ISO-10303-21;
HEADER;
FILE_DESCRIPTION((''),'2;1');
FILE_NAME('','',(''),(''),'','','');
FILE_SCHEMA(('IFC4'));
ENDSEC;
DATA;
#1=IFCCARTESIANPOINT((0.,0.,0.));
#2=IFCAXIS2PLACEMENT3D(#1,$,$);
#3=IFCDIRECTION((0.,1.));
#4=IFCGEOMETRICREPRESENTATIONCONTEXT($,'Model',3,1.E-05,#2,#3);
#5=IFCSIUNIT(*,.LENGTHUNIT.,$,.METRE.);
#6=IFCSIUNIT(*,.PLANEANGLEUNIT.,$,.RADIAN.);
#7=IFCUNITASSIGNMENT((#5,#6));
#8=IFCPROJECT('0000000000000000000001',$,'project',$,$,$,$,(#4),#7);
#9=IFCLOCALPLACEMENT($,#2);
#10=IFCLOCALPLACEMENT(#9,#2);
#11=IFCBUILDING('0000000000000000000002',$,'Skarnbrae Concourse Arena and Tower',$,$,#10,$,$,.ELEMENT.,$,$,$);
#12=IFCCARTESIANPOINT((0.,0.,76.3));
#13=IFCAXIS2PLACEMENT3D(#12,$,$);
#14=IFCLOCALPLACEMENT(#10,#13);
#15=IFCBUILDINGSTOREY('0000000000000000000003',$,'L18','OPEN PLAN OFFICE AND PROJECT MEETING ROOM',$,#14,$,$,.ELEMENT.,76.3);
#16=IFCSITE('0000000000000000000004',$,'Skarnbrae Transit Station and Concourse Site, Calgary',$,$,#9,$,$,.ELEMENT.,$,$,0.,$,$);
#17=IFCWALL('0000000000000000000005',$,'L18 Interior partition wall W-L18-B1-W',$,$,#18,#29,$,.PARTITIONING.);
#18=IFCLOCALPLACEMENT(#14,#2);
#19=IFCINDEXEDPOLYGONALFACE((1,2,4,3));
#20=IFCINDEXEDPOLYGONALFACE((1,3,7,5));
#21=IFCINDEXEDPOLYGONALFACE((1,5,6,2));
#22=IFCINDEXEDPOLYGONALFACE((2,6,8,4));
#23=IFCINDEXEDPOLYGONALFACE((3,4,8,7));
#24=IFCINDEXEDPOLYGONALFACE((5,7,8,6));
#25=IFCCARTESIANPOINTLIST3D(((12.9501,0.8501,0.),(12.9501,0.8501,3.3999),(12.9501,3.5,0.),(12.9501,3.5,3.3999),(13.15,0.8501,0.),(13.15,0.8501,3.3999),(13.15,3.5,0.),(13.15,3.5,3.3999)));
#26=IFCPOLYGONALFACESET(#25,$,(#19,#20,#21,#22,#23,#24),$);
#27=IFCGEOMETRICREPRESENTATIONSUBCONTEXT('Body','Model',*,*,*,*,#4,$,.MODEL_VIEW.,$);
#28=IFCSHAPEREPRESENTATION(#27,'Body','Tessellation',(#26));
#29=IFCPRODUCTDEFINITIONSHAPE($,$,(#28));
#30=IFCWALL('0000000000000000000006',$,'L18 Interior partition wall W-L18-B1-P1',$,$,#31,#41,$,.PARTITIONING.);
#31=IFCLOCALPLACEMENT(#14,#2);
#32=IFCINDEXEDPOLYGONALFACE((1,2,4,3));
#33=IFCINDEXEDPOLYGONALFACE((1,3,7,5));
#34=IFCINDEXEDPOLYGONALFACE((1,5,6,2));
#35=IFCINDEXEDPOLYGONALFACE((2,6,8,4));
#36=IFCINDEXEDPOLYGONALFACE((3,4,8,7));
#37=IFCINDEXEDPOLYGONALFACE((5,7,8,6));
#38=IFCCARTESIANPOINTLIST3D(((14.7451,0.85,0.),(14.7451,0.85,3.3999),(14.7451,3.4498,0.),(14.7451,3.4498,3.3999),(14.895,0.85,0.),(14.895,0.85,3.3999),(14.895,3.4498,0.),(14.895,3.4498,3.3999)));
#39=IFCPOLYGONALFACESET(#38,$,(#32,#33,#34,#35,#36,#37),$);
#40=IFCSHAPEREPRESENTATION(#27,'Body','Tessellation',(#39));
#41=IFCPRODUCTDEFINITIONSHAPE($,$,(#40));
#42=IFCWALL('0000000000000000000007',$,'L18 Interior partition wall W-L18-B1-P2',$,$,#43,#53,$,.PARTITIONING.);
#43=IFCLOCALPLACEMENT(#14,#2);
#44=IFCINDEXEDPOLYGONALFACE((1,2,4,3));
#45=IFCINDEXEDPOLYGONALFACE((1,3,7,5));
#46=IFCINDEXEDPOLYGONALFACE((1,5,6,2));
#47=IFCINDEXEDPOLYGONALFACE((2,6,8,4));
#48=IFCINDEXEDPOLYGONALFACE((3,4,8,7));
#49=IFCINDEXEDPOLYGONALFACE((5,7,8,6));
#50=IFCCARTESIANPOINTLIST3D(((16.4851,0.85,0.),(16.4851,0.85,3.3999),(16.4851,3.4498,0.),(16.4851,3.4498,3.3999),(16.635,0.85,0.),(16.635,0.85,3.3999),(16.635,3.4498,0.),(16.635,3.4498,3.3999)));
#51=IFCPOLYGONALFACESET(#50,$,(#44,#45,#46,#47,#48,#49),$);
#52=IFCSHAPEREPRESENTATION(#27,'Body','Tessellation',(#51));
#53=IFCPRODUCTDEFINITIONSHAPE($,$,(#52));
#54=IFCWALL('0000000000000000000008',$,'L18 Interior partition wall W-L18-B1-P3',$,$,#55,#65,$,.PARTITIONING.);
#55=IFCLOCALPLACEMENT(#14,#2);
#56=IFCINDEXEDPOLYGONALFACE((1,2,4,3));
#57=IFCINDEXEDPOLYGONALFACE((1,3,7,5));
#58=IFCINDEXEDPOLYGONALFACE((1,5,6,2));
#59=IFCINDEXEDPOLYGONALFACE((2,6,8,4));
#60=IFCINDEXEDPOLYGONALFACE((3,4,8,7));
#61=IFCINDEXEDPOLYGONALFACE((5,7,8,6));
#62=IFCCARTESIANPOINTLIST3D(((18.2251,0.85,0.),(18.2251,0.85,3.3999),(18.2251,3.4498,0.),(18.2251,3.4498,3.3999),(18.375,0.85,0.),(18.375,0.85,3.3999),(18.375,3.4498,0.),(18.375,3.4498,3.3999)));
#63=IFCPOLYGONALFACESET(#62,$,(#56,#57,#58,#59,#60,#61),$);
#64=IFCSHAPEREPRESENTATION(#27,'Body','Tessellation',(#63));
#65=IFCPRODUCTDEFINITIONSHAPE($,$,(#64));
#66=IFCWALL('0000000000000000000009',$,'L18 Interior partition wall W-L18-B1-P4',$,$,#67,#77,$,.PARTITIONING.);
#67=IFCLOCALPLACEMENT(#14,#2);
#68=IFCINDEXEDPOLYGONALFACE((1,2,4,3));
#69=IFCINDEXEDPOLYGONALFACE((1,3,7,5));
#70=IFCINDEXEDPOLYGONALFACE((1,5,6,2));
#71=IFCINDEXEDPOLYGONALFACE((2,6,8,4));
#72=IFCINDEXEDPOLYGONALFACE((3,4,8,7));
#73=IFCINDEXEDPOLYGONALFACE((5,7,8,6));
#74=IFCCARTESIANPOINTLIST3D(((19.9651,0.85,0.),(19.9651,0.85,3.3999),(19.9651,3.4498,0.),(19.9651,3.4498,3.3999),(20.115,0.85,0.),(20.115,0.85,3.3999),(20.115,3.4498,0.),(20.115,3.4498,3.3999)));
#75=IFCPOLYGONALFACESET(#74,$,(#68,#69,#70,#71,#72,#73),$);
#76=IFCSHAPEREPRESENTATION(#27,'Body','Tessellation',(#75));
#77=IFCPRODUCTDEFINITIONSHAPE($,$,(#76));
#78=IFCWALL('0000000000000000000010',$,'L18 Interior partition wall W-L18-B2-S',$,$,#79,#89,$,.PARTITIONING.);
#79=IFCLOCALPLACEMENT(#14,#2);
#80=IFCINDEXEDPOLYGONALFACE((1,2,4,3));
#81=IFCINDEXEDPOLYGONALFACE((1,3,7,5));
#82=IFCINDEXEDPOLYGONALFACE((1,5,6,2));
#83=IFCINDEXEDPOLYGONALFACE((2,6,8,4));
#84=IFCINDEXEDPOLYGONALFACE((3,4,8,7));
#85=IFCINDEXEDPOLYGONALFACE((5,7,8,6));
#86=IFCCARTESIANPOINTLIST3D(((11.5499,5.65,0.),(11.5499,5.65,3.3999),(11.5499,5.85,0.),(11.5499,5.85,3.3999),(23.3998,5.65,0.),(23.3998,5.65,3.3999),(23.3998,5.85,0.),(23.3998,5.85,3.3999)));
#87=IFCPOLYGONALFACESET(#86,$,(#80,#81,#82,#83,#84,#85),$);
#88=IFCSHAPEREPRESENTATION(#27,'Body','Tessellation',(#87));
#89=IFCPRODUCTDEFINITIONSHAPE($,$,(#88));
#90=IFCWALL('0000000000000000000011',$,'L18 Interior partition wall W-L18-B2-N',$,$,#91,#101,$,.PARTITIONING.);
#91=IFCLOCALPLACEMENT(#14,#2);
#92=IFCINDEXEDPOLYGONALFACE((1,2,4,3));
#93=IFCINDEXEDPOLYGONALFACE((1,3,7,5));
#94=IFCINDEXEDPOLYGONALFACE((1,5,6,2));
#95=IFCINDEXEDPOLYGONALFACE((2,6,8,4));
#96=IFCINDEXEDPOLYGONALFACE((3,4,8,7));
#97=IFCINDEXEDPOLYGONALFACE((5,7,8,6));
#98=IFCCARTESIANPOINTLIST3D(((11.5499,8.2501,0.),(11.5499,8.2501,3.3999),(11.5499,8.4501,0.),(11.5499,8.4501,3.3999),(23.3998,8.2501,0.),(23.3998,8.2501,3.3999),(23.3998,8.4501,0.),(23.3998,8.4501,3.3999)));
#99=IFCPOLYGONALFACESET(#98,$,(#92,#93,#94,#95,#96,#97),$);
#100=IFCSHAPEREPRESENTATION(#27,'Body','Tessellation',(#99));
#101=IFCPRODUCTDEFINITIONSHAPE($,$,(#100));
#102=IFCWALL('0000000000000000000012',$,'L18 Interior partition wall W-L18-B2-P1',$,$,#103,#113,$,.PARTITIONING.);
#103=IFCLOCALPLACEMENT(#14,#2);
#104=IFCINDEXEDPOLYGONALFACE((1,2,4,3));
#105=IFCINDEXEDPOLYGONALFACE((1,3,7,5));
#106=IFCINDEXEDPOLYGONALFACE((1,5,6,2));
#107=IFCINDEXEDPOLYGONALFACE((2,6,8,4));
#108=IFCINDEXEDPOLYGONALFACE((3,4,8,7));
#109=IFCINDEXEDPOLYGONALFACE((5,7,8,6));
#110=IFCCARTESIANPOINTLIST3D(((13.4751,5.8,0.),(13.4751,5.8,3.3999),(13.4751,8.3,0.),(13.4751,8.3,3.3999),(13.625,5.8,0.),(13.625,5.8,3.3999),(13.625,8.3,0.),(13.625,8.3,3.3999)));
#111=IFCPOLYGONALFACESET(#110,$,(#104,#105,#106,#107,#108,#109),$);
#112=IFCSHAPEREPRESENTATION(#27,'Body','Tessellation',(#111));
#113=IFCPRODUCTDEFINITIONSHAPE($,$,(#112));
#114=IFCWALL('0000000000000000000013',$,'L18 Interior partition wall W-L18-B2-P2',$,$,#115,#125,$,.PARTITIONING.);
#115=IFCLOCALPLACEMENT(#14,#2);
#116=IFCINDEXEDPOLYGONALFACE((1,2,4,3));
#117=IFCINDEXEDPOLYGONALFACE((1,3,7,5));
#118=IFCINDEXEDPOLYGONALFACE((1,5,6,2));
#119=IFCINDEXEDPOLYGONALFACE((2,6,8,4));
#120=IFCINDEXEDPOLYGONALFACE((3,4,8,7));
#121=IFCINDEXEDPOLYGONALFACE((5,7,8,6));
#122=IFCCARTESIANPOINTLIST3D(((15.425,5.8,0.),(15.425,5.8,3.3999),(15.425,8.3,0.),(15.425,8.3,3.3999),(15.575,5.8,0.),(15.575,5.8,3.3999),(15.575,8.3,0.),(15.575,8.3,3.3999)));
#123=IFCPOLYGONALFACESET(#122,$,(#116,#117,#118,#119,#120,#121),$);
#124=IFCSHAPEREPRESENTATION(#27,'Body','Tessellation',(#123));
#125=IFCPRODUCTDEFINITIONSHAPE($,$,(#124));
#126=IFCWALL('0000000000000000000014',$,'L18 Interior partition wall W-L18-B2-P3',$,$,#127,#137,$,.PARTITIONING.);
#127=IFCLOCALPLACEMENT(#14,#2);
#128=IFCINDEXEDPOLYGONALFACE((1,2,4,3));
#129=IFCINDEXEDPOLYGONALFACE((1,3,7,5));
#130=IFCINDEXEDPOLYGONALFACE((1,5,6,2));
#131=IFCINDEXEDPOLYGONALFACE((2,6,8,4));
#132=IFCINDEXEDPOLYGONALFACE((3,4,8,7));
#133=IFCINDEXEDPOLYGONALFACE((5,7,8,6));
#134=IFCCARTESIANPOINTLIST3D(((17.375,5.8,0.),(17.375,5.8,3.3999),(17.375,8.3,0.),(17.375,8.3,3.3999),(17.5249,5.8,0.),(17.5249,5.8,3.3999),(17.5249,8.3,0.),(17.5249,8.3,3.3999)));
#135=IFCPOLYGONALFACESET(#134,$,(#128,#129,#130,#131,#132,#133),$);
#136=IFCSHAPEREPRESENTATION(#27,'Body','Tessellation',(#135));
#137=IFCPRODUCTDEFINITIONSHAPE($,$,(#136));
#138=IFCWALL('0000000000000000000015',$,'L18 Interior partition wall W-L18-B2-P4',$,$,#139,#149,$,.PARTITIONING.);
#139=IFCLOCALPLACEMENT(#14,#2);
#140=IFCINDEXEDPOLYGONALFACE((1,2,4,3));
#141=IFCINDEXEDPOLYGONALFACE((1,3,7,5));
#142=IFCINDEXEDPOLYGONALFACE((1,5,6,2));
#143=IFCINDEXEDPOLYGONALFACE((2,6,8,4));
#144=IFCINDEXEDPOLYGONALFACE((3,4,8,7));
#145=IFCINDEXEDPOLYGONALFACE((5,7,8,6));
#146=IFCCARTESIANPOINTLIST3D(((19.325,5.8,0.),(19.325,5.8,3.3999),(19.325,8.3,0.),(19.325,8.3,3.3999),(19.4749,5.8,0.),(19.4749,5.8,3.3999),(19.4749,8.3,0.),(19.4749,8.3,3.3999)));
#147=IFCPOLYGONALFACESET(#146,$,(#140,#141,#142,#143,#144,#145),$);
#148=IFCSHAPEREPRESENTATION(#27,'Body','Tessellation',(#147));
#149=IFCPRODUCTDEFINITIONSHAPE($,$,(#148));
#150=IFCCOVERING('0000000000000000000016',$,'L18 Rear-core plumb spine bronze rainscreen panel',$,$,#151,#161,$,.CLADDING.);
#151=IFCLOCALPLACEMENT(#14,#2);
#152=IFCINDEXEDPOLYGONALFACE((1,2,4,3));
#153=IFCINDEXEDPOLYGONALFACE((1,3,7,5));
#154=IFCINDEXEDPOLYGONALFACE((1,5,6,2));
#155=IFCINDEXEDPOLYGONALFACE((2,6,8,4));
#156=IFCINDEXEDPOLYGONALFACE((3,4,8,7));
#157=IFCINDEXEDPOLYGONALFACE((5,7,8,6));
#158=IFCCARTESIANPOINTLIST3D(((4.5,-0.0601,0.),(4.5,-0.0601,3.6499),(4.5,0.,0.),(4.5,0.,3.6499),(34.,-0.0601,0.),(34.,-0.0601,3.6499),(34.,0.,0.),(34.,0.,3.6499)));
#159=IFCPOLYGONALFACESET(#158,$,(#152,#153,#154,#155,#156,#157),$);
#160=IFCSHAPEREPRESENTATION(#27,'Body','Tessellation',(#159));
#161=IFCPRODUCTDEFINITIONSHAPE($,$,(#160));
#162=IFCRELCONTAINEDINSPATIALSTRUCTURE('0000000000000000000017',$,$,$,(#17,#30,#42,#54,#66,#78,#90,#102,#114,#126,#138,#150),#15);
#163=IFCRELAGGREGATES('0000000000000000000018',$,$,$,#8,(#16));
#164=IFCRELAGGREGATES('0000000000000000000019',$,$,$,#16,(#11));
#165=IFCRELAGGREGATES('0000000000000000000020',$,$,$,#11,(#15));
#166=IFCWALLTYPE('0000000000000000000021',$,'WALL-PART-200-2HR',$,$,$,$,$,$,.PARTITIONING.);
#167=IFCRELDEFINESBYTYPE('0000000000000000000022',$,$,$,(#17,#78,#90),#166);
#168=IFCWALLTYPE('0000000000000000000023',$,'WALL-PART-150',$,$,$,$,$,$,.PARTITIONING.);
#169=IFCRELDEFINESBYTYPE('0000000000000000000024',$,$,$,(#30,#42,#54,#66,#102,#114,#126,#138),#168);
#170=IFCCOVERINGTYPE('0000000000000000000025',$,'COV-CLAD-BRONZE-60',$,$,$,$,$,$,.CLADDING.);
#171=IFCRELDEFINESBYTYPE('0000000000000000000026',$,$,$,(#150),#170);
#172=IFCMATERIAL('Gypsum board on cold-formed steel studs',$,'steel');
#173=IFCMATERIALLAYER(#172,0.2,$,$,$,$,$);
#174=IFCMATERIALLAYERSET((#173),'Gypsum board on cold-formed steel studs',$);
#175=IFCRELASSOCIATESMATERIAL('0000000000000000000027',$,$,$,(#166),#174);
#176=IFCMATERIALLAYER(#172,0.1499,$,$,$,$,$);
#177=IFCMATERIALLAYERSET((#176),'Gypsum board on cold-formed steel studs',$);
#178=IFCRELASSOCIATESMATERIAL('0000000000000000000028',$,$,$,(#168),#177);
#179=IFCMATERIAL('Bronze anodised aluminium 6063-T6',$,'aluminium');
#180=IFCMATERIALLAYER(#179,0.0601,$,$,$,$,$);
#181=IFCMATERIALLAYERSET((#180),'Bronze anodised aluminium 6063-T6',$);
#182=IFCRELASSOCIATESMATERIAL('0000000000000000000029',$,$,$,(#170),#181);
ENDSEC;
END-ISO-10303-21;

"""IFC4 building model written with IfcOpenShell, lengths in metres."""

from ifc_helpers import new_model, si_unit, direction, frame, frame_2d, origin, origin_2d, place, context, subcontext, project, spatial, rectangle, extrude, source, transform, mapped, material, layer, layer_set, type_object, element, save


model = new_model("IFC4")

# Units and contexts
model_context = context("Model", 3, precision=1e-05, world=origin(), true_north=direction((0.0, 1.0)))
body_context = subcontext(model_context, "Body", "Model", "MODEL_VIEW")
ifc_project = project(units=[si_unit("LENGTHUNIT", "METRE"), si_unit("PLANEANGLEUNIT", "RADIAN")], contexts=[model_context])

# Site, building, storey
site_placement = place(None, origin())
site = spatial("IfcSite", under=ifc_project, at=site_placement, Name="Skarnbrae Transit Station and Concourse Site, Calgary", CompositionType="ELEMENT", RefElevation=0.0)
building_placement = place(site_placement, origin())
building = spatial("IfcBuilding", under=site, at=building_placement, Name="Skarnbrae Concourse Arena and Tower", CompositionType="ELEMENT")
storey_placement = place(building_placement, frame((0.0, 0.0, 76.3)))
storey = spatial("IfcBuildingStorey", under=building, at=storey_placement, Name="L18", Description="OPEN PLAN OFFICE AND PROJECT MEETING ROOM", CompositionType="ELEMENT", Elevation=76.3)

# Wall
ifc_material_1 = material(Name="Gypsum board on cold-formed steel studs", Category="steel")
ifc_layer_1 = layer(ifc_material_1, 0.2)
ifc_layer_set_1 = layer_set([ifc_layer_1], Name="Gypsum board on cold-formed steel studs")
wall_type_1 = type_object("IfcWallType", Name="WALL-PART-200-2HR", PredefinedType="PARTITIONING", material=ifc_layer_set_1)
shared_shape_1 = source(origin(), body_context, "Body", "SweptSolid", [
    extrude(rectangle(XDim=2.6499, YDim=0.2, at=frame_2d((1.325, 0.0))), origin(), (0.0, 0.0, 1.0), 3.3999),
])
wall_1_placement = place(storey_placement, frame((13.05, 0.8501, 0.0), z_axis=(0.0, 0.0, 1.0), x_axis=(0.0, 1.0, 0.0)))
element("IfcWall", 1, at=wall_1_placement, inside=storey, type_object=wall_type_1, Name="L18 Interior partition wall W-L18-B1-W", PredefinedType="PARTITIONING", context=body_context, shape_type="MappedRepresentation", body=[
    mapped(shared_shape_1, transform((0.0, 0.0, 0.0))),
])

# Shared definitions
ifc_material_2 = material(Name="Bronze anodised aluminium 6063-T6", Category="aluminium")

# Walls
ifc_layer_2 = layer(ifc_material_1, 0.1499)
ifc_layer_set_2 = layer_set([ifc_layer_2], Name="Gypsum board on cold-formed steel studs")
wall_type_2 = type_object("IfcWallType", Name="WALL-PART-150", PredefinedType="PARTITIONING", material=ifc_layer_set_2)
shared_shape_2 = source(origin(), body_context, "Body", "SweptSolid", [
    extrude(rectangle(XDim=2.5999, YDim=0.1499, at=frame_2d((1.2998, 0.0))), origin(), (0.0, 0.0, 1.0), 3.3999),
])
for number, where, z_axis, x_axis, name in (
    (2, (14.8201, 0.8501, 0.0), (0.0, 0.0, 1.0), (0.0, 1.0, 0.0), "L18 Interior partition wall W-L18-B1-P1"),
    (3, (16.5601, 0.8501, 0.0), (0.0, 0.0, 1.0), (0.0, 1.0, 0.0), "L18 Interior partition wall W-L18-B1-P2"),
    (4, (18.3, 0.8501, 0.0), (0.0, 0.0, 1.0), (0.0, 1.0, 0.0), "L18 Interior partition wall W-L18-B1-P3"),
    (5, (20.04, 0.8501, 0.0), (0.0, 0.0, 1.0), (0.0, 1.0, 0.0), "L18 Interior partition wall W-L18-B1-P4"),
):
    element("IfcWall", number, at=place(storey_placement, frame(where, z_axis=z_axis, x_axis=x_axis)), inside=storey, type_object=wall_type_2, Name=name, PredefinedType="PARTITIONING", context=body_context, shape_type="MappedRepresentation", body=[
        mapped(shared_shape_2, transform((0.0, 0.0, 0.0))),
    ])
shared_shape_3 = source(origin(), body_context, "Body", "SweptSolid", [
    extrude(rectangle(XDim=11.8499, YDim=0.2, at=frame_2d((5.9248, 0.0))), origin(), (0.0, 0.0, 1.0), 3.3999),
])
for number, where, z_axis, x_axis, name in (
    (6, (11.55, 5.75, 0.0), (0.0, 0.0, 1.0), (1.0, 0.0, 0.0), "L18 Interior partition wall W-L18-B2-S"),
    (7, (11.55, 8.3501, 0.0), (0.0, 0.0, 1.0), (1.0, 0.0, 0.0), "L18 Interior partition wall W-L18-B2-N"),
):
    element("IfcWall", number, at=place(storey_placement, frame(where, z_axis=z_axis, x_axis=x_axis)), inside=storey, type_object=wall_type_1, Name=name, PredefinedType="PARTITIONING", context=body_context, shape_type="MappedRepresentation", body=[
        mapped(shared_shape_3, transform((0.0, 0.0, 0.0))),
    ])
shared_shape_4 = source(origin(), body_context, "Body", "SweptSolid", [
    extrude(rectangle(XDim=2.5, YDim=0.1499, at=frame_2d((1.25, 0.0))), origin(), (0.0, 0.0, 1.0), 3.3999),
])
for number, where, z_axis, x_axis, name in (
    (8, (13.55, 5.8, 0.0), (0.0, 0.0, 1.0), (0.0, 1.0, 0.0), "L18 Interior partition wall W-L18-B2-P1"),
    (9, (15.5, 5.8, 0.0), (0.0, 0.0, 1.0), (0.0, 1.0, 0.0), "L18 Interior partition wall W-L18-B2-P2"),
    (10, (17.45, 5.8, 0.0), (0.0, 0.0, 1.0), (0.0, 1.0, 0.0), "L18 Interior partition wall W-L18-B2-P3"),
    (11, (19.3999, 5.8, 0.0), (0.0, 0.0, 1.0), (0.0, 1.0, 0.0), "L18 Interior partition wall W-L18-B2-P4"),
):
    element("IfcWall", number, at=place(storey_placement, frame(where, z_axis=z_axis, x_axis=x_axis)), inside=storey, type_object=wall_type_2, Name=name, PredefinedType="PARTITIONING", context=body_context, shape_type="MappedRepresentation", body=[
        mapped(shared_shape_4, transform((0.0, 0.0, 0.0))),
    ])

# Covering
ifc_layer_3 = layer(ifc_material_2, 0.0601)
ifc_layer_set_3 = layer_set([ifc_layer_3], Name="Bronze anodised aluminium 6063-T6")
covering_type = type_object("IfcCoveringType", Name="COV-CLAD-BRONZE-60", PredefinedType="CLADDING", material=ifc_layer_set_3)
shared_shape_5 = source(origin(), body_context, "Body", "SweptSolid", [
    extrude(rectangle(XDim=29.5, YDim=0.0601, at=origin_2d()), origin(), (0.0, 0.0, 1.0), 3.6499),
])
covering_placement = place(storey_placement, frame((19.25, -0.03, 0.0), z_axis=(0.0, 0.0, 1.0), x_axis=(1.0, 0.0, 0.0)))
element("IfcCovering", 12, at=covering_placement, inside=storey, type_object=covering_type, Name="L18 Rear-core plumb spine bronze rainscreen panel", PredefinedType="CLADDING", context=body_context, shape_type="MappedRepresentation", body=[
    mapped(shared_shape_5, transform((0.0, 0.0, 0.0))),
])

save(model, "model.ifc")
